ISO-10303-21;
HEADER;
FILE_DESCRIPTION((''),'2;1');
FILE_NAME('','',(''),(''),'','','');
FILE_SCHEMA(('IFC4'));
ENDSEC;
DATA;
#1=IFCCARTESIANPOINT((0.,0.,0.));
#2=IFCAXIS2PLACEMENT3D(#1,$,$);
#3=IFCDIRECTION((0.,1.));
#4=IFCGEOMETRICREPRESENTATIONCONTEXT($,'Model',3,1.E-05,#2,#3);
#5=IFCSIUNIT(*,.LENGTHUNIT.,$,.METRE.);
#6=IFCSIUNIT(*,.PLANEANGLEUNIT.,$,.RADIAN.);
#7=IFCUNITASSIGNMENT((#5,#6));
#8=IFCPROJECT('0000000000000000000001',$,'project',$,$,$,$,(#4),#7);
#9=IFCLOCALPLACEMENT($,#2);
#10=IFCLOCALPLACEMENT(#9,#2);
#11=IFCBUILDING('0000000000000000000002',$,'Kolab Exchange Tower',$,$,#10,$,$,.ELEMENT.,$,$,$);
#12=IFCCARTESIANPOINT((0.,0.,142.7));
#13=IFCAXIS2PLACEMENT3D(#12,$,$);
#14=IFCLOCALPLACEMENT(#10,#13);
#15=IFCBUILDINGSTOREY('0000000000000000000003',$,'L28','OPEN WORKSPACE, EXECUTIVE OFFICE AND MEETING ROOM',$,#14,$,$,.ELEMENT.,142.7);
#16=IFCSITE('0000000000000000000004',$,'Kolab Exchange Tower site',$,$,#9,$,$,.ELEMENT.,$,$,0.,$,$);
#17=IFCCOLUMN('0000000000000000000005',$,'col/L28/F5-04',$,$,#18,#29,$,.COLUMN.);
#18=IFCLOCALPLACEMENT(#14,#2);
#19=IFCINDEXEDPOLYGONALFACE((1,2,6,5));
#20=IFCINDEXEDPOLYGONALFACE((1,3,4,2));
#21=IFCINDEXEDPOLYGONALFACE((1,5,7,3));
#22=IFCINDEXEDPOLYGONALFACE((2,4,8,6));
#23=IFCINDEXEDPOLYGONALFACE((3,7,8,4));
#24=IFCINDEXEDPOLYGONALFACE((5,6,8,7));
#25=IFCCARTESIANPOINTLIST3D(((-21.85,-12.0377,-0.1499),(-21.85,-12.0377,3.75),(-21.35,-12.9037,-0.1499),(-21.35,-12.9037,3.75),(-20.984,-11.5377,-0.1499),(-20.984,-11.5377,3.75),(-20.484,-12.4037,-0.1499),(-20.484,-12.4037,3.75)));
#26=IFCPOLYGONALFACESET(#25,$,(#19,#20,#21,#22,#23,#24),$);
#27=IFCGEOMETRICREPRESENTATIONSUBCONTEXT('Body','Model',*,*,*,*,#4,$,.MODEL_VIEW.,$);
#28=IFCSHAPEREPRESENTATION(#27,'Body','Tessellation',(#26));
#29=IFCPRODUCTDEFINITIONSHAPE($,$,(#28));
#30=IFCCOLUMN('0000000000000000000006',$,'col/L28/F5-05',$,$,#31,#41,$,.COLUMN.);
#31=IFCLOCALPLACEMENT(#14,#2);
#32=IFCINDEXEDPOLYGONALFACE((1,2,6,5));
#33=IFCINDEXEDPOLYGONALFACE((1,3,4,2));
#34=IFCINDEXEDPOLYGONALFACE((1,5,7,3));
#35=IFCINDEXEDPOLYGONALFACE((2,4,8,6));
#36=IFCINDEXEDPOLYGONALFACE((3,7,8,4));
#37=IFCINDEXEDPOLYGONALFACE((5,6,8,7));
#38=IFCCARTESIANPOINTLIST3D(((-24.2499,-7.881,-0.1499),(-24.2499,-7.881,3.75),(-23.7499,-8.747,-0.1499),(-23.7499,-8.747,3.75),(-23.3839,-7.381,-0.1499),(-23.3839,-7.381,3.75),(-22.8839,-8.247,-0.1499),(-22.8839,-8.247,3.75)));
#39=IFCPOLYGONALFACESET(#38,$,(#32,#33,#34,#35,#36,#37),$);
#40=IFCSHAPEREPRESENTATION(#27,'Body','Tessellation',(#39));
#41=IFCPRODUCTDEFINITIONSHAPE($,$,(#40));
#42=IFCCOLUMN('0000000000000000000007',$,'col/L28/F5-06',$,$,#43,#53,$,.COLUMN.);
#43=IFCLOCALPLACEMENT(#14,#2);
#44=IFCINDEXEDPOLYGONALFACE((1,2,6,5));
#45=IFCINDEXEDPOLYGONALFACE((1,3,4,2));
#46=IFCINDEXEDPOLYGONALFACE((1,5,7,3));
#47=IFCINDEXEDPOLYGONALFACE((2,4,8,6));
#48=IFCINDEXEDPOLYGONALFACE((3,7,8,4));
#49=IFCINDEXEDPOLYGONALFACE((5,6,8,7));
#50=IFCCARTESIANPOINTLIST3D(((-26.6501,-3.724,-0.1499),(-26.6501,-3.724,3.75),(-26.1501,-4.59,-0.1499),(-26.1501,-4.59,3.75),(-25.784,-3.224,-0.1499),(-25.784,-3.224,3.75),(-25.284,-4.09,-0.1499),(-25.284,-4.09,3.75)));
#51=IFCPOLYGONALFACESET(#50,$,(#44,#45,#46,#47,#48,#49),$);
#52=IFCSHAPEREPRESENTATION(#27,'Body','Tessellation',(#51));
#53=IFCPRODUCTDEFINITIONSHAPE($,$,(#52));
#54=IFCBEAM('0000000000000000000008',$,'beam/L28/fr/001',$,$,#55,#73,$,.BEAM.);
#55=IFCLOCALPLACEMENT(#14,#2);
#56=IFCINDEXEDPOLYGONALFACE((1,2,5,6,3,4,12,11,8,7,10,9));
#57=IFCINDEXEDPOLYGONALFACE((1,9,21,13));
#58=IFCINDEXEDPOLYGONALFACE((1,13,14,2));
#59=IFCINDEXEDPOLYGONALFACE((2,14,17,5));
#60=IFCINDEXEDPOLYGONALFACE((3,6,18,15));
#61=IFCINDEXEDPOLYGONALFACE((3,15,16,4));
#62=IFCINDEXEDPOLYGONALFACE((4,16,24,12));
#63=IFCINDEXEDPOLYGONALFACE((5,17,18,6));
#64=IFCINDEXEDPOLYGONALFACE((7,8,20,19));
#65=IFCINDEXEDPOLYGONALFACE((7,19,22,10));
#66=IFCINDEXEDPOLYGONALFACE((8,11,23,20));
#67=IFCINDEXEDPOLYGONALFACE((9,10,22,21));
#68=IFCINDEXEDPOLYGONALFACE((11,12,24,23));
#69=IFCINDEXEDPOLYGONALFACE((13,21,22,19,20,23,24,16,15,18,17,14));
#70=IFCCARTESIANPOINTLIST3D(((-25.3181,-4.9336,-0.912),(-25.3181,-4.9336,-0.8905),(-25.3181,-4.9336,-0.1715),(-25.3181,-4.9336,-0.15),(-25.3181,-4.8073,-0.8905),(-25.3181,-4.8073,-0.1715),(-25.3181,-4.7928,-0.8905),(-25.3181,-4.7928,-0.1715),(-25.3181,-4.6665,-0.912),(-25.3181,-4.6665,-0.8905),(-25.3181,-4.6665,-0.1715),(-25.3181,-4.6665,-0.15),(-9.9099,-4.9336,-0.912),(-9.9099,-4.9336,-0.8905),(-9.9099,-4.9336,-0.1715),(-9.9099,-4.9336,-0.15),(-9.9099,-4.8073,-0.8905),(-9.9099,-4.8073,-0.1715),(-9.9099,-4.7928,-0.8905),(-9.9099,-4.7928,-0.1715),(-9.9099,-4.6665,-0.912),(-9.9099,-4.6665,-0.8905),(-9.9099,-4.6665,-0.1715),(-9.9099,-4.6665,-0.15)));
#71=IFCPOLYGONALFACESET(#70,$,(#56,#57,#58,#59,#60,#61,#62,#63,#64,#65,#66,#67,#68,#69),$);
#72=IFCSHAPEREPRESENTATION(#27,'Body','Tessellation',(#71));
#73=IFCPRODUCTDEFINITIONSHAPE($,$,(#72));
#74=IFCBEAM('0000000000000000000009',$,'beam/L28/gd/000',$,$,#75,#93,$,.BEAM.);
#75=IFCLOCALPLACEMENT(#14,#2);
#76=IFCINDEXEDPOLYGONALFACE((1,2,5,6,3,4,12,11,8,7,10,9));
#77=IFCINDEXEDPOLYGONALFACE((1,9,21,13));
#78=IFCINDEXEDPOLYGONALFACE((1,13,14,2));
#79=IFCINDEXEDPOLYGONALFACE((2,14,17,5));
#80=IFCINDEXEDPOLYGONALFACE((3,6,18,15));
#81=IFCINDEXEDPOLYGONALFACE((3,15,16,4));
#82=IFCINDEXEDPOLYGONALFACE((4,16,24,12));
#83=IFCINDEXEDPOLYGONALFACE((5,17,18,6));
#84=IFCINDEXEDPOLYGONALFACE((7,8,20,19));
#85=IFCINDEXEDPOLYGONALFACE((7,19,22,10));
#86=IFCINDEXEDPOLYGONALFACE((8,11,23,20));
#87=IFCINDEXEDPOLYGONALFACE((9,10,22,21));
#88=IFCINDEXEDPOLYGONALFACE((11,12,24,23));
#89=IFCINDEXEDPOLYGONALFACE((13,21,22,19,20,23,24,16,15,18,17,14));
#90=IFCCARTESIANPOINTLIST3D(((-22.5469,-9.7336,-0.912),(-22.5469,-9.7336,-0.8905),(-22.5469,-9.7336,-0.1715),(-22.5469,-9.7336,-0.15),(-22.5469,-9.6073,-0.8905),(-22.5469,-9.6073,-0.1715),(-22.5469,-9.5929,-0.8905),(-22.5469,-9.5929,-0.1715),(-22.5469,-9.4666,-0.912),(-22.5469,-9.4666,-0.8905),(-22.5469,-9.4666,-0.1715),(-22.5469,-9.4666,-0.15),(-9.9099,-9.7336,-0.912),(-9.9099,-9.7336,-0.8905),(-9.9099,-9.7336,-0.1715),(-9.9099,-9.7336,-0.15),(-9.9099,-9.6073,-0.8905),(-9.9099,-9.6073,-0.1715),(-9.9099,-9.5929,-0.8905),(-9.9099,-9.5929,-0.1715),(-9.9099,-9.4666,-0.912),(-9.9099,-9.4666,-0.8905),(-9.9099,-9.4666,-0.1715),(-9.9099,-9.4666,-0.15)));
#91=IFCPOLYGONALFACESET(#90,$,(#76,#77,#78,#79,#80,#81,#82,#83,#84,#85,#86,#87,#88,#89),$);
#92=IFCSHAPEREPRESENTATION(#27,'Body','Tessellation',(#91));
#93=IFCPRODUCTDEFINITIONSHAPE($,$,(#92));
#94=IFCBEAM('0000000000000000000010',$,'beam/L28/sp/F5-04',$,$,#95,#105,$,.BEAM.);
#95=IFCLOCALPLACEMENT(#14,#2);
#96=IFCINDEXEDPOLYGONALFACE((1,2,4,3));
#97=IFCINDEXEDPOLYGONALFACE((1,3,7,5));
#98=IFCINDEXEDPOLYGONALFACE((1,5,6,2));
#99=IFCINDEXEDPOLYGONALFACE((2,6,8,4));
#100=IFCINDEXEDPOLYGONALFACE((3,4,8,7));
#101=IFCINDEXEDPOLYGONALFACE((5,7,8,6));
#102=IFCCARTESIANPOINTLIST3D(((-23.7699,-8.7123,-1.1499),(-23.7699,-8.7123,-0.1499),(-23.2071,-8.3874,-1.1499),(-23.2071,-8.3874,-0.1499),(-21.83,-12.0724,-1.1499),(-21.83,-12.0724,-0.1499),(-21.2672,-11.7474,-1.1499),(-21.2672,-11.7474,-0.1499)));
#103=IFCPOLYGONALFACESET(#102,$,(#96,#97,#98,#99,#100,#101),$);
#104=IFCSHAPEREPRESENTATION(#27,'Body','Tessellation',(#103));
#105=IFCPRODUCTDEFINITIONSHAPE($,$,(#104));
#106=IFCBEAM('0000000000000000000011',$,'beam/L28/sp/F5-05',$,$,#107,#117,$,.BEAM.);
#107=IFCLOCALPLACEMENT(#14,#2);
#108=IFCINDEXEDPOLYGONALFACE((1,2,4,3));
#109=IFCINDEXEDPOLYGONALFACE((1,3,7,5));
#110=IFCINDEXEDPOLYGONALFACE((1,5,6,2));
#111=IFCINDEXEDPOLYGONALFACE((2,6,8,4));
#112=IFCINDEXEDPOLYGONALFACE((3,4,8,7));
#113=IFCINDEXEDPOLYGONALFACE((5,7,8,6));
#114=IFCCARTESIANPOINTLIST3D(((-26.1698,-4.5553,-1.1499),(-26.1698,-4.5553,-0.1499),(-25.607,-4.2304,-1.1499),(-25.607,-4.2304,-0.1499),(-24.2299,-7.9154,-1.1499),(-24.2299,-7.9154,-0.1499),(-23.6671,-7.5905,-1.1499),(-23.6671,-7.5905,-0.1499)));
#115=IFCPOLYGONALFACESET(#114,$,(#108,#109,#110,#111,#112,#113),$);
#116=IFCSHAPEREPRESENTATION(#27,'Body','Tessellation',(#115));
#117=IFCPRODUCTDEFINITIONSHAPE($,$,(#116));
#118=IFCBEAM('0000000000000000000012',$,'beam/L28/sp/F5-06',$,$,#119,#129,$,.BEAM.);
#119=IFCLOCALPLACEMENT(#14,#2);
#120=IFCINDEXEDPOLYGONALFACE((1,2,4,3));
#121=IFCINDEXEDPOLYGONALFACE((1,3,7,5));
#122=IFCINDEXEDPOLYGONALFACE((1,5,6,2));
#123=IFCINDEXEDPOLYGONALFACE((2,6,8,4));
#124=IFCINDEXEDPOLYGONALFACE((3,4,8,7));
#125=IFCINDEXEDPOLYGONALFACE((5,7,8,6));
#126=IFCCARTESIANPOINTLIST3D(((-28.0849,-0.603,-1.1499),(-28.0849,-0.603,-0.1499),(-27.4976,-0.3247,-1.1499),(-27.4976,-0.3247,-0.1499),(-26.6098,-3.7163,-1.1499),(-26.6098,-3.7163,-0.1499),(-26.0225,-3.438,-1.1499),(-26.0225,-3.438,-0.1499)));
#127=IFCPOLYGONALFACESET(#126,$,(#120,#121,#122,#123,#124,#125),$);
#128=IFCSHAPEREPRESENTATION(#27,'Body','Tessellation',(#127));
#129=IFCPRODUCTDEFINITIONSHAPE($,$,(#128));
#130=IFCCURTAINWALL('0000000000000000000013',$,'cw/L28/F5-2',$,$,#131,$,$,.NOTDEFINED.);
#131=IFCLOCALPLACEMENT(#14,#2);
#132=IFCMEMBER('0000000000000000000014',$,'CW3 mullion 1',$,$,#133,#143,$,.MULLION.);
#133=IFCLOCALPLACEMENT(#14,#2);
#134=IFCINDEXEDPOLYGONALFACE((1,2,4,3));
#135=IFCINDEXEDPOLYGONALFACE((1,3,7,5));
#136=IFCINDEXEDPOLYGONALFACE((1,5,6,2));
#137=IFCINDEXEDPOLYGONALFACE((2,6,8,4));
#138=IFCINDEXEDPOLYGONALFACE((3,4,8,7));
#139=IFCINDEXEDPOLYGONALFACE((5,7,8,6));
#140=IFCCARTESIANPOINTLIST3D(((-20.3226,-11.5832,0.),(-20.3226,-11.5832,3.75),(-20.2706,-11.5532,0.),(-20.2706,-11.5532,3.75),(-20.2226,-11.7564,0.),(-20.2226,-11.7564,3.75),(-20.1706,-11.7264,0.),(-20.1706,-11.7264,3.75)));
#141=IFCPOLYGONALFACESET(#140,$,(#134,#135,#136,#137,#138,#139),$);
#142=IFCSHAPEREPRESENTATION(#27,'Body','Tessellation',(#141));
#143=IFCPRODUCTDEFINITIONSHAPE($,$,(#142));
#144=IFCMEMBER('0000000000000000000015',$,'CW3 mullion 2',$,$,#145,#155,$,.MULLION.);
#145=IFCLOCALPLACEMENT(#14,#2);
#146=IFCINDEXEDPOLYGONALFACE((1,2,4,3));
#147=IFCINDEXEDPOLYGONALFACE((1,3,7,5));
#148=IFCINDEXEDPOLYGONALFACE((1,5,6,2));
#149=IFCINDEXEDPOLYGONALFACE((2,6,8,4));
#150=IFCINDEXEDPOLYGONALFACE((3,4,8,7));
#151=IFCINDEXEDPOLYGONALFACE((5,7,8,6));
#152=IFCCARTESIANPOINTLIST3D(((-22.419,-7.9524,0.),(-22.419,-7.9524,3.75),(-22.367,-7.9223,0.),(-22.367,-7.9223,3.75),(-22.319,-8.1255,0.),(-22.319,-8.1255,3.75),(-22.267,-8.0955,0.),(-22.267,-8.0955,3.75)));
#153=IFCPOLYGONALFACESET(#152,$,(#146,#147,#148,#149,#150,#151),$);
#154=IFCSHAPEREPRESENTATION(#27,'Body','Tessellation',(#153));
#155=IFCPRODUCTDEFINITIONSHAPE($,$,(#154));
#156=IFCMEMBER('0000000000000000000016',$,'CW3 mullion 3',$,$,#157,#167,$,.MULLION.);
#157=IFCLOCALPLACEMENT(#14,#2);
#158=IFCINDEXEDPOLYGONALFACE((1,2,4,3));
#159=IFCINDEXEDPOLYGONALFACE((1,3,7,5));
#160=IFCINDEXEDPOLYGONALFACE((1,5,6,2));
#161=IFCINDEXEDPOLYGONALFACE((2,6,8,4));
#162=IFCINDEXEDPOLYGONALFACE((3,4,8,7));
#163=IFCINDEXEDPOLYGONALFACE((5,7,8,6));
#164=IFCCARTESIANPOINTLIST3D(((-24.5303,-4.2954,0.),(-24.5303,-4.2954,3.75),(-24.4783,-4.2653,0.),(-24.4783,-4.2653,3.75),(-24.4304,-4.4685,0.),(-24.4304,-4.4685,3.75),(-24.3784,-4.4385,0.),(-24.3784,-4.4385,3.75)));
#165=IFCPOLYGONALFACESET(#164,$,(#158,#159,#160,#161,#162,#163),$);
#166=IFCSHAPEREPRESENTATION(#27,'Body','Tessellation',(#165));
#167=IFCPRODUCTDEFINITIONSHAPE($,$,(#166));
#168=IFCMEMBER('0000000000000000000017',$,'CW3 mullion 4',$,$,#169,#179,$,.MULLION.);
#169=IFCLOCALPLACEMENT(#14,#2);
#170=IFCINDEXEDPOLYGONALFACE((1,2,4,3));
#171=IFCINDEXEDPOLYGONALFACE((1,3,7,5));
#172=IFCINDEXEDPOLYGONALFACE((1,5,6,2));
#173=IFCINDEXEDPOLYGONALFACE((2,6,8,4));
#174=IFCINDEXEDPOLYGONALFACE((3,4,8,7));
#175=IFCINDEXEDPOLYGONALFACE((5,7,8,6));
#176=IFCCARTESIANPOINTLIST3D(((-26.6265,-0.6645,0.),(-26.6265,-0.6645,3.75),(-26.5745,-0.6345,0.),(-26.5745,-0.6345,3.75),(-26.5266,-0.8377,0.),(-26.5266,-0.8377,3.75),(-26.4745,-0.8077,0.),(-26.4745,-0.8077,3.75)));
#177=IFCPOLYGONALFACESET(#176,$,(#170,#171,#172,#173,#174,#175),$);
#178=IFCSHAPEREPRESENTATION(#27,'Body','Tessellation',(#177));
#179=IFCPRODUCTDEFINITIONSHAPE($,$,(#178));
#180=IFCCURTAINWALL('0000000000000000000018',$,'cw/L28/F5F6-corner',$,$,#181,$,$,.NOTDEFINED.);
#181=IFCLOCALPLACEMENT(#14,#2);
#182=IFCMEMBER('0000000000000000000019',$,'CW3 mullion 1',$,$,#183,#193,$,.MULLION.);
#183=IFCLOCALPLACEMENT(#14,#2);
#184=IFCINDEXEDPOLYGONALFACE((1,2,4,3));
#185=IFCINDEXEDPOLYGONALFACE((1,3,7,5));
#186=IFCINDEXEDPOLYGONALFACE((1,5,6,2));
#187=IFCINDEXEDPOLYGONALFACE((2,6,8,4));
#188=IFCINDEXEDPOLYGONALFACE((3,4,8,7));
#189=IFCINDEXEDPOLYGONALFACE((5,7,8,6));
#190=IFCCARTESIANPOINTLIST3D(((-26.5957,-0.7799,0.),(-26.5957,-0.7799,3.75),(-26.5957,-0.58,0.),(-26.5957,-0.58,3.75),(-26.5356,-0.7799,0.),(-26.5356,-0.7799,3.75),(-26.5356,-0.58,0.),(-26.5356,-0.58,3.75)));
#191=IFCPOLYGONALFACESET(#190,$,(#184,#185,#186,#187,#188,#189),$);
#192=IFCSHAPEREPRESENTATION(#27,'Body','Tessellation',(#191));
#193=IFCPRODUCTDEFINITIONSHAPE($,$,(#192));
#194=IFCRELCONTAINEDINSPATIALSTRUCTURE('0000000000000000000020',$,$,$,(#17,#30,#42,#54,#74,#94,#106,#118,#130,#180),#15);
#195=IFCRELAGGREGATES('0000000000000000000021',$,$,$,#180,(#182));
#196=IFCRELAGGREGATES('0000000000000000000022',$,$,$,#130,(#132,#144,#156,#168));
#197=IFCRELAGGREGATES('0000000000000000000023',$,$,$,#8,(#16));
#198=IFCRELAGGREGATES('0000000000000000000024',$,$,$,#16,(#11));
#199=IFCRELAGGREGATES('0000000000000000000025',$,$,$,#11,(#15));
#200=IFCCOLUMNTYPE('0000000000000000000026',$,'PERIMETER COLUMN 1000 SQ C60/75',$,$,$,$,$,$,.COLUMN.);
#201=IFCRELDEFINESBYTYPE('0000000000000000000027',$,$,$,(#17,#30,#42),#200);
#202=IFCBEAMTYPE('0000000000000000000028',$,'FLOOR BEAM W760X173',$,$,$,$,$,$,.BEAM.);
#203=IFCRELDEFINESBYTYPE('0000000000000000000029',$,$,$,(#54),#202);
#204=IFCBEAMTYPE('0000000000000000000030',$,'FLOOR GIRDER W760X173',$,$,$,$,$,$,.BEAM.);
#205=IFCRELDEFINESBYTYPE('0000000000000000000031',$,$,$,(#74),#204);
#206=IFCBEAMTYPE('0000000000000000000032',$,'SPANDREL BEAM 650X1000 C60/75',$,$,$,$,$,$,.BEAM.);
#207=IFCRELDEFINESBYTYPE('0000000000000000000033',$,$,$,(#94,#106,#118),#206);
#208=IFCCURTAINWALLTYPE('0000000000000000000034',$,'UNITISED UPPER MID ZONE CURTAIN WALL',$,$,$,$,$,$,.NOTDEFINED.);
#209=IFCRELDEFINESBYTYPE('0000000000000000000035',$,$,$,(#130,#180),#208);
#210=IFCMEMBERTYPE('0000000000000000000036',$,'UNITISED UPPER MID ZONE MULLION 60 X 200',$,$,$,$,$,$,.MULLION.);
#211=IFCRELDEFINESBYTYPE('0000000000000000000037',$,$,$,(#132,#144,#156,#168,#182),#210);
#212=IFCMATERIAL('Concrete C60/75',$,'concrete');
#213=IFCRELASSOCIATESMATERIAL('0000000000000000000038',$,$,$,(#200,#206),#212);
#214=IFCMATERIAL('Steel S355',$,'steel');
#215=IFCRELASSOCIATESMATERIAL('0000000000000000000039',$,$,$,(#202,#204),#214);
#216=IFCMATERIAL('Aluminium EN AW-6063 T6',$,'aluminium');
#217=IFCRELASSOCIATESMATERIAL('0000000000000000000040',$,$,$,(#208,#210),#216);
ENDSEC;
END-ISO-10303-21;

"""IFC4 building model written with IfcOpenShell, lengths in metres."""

from ifc_helpers import new_model, si_unit, direction, frame, origin, origin_2d, place, context, subcontext, project, spatial, rectangle, i_section, extrude, material, material_profile, profile_set, type_object, element, aggregate, save


model = new_model("IFC4")

# Units and contexts
model_context = context("Model", 3, precision=1e-05, world=origin(), true_north=direction((0.0, 1.0)))
body_context = subcontext(model_context, "Body", "Model", "MODEL_VIEW")
ifc_project = project(units=[si_unit("LENGTHUNIT", "METRE"), si_unit("PLANEANGLEUNIT", "RADIAN")], contexts=[model_context])

# Site, building, storey
site_placement = place(None, origin())
site = spatial("IfcSite", under=ifc_project, at=site_placement, Name="Kolab Exchange Tower site", CompositionType="ELEMENT", RefElevation=0.0)
building_placement = place(site_placement, origin())
building = spatial("IfcBuilding", under=site, at=building_placement, Name="Kolab Exchange Tower", CompositionType="ELEMENT")
storey_placement = place(building_placement, frame((0.0, 0.0, 142.7)))
storey = spatial("IfcBuildingStorey", under=building, at=storey_placement, Name="L28", Description="OPEN WORKSPACE, EXECUTIVE OFFICE AND MEETING ROOM", CompositionType="ELEMENT", Elevation=142.7)

# Columns
ifc_material_1 = material(Name="Concrete C60/75", Category="concrete")
ifc_material_profile_1 = material_profile(ifc_material_1, rectangle(XDim=1.0, YDim=1.0, at=origin_2d()), Name="RC1000")
ifc_profile_set_1 = profile_set([ifc_material_profile_1], Name="Concrete C60/75")
column_type = type_object("IfcColumnType", Name="PERIMETER COLUMN 1000 SQ C60/75", PredefinedType="COLUMN", material=ifc_profile_set_1)
for number, where, z_axis, x_axis, name in (
    (1, (-21.167, -12.2207, -0.1499), (0.0, 0.0, 1.0), (0.866025, 0.5, 0.0), "col/L28/F5-04"),
    (2, (-23.5669, -8.064, -0.1499), (0.0, 0.0, 1.0), (0.866025, 0.5, 0.0), "col/L28/F5-05"),
    (3, (-25.967, -3.907, -0.1499), (0.0, 0.0, 1.0), (0.866025, 0.5, 0.0), "col/L28/F5-06"),
):
    element("IfcColumn", number, at=place(storey_placement, frame(where, z_axis=z_axis, x_axis=x_axis)), inside=storey, type_object=column_type, Name=name, PredefinedType="COLUMN", context=body_context, shape_type="SweptSolid", body=[
        extrude(rectangle(XDim=1.0, YDim=1.0, at=origin_2d()), origin(), (0.0, 0.0, 1.0), 3.8999),
    ])

# Beams
ifc_material_2 = material(Name="Steel S355", Category="steel")
ifc_material_profile_2 = material_profile(ifc_material_2, i_section(OverallWidth=0.2671, OverallDepth=0.762, WebThickness=0.0144, FlangeThickness=0.0215, at=origin_2d()), Name="W760X173")
ifc_profile_set_2 = profile_set([ifc_material_profile_2], Name="Steel S355")
beam_type_1 = type_object("IfcBeamType", Name="FLOOR BEAM W760X173", PredefinedType="BEAM", material=ifc_profile_set_2)
beam_1_placement = place(storey_placement, frame((-25.3181, -4.8, -0.531), z_axis=(1.0, 0.0, 0.0), x_axis=(0.0, 1.0, 0.0)))
element("IfcBeam", 4, at=beam_1_placement, inside=storey, type_object=beam_type_1, Name="beam/L28/fr/001", PredefinedType="BEAM", context=body_context, shape_type="SweptSolid", body=[
    extrude(i_section(OverallWidth=0.2671, OverallDepth=0.762, WebThickness=0.0144, FlangeThickness=0.0215, at=origin_2d()), origin(), (0.0, 0.0, 1.0), 15.4082),
])
ifc_material_profile_3 = material_profile(ifc_material_2, i_section(OverallWidth=0.2671, OverallDepth=0.762, WebThickness=0.0144, FlangeThickness=0.0215, at=origin_2d()), Name="W760X173")
ifc_profile_set_3 = profile_set([ifc_material_profile_3], Name="Steel S355")
beam_type_2 = type_object("IfcBeamType", Name="FLOOR GIRDER W760X173", PredefinedType="BEAM", material=ifc_profile_set_3)
beam_2_placement = place(storey_placement, frame((-22.5469, -9.6001, -0.531), z_axis=(1.0, 0.0, 0.0), x_axis=(0.0, 1.0, 0.0)))
element("IfcBeam", 5, at=beam_2_placement, inside=storey, type_object=beam_type_2, Name="beam/L28/gd/000", PredefinedType="BEAM", context=body_context, shape_type="SweptSolid", body=[
    extrude(i_section(OverallWidth=0.2671, OverallDepth=0.762, WebThickness=0.0144, FlangeThickness=0.0215, at=origin_2d()), origin(), (0.0, 0.0, 1.0), 12.637),
])
ifc_material_profile_4 = material_profile(ifc_material_1, rectangle(XDim=0.6499, YDim=1.0, at=origin_2d()), Name="RC650X1000")
ifc_profile_set_4 = profile_set([ifc_material_profile_4], Name="Concrete C60/75")
beam_type_3 = type_object("IfcBeamType", Name="SPANDREL BEAM 650X1000 C60/75", PredefinedType="BEAM", material=ifc_profile_set_4)
for number, where, z_axis, x_axis, name in (
    (6, (-21.5486, -11.9099, -0.6499), (-0.499997, 0.866027, 0.0), (-0.866027, -0.499997, 0.0), "beam/L28/sp/F5-04"),
    (7, (-23.9485, -7.7529, -0.6499), (-0.499997, 0.866027, 0.0), (-0.866027, -0.499997, 0.0), "beam/L28/sp/F5-05"),
):
    element("IfcBeam", number, at=place(storey_placement, frame(where, z_axis=z_axis, x_axis=x_axis)), inside=storey, type_object=beam_type_3, Name=name, PredefinedType="BEAM", context=body_context, shape_type="SweptSolid", body=[
        extrude(rectangle(XDim=0.6499, YDim=1.0, at=origin_2d()), origin(), (0.0, 0.0, 1.0), 3.8799),
    ])
beam_3_placement = place(storey_placement, frame((-26.3162, -3.5771, -0.6499), z_axis=(-0.428178, 0.903695, 0.0), x_axis=(-0.903695, -0.428178, 0.0)))
element("IfcBeam", 8, at=beam_3_placement, inside=storey, type_object=beam_type_3, Name="beam/L28/sp/F5-06", PredefinedType="BEAM", context=body_context, shape_type="SweptSolid", body=[
    extrude(rectangle(XDim=0.6499, YDim=1.0, at=origin_2d()), origin(), (0.0, 0.0, 1.0), 3.4451),
])

# Curtain wall, members
ifc_material_3 = material(Name="Aluminium EN AW-6063 T6", Category="aluminium")
curtain_wall_type = type_object("IfcCurtainWallType", Name="UNITISED UPPER MID ZONE CURTAIN WALL", PredefinedType="NOTDEFINED", material=ifc_material_3)
curtain_wall_1_placement = place(storey_placement, origin())
curtain_wall_1 = element("IfcCurtainWall", 9, at=curtain_wall_1_placement, inside=storey, type_object=curtain_wall_type, Name="cw/L28/F5-2", PredefinedType="NOTDEFINED")
ifc_material_profile_5 = material_profile(ifc_material_3, rectangle(XDim=0.0601, YDim=0.2, at=origin_2d()), Name="RECT 60X200")
ifc_profile_set_5 = profile_set([ifc_material_profile_5], Name="Aluminium EN AW-6063 T6")
member_type_1 = type_object("IfcMemberType", Name="UNITISED UPPER MID ZONE MULLION 60 X 200", PredefinedType="MULLION", material=ifc_profile_set_5)
member_1_placement = place(storey_placement, frame((-20.2466, -11.6548, 0.0), z_axis=(0.0, 0.0, 1.0), x_axis=(-0.866025, -0.5, 0.0)))
member_1 = element("IfcMember", 10, at=member_1_placement, type_object=member_type_1, Name="CW3 mullion 1", PredefinedType="MULLION", context=body_context, shape_type="SweptSolid", body=[
    extrude(rectangle(XDim=0.0601, YDim=0.2, at=origin_2d()), origin(), (0.0, 0.0, 1.0), 3.75),
])
member_2_placement = place(storey_placement, frame((-22.343, -8.0239, 0.0), z_axis=(0.0, 0.0, 1.0), x_axis=(-0.866025, -0.5, 0.0)))
member_2 = element("IfcMember", 11, at=member_2_placement, type_object=member_type_1, Name="CW3 mullion 2", PredefinedType="MULLION", context=body_context, shape_type="SweptSolid", body=[
    extrude(rectangle(XDim=0.0601, YDim=0.2, at=origin_2d()), origin(), (0.0, 0.0, 1.0), 3.75),
])
member_3_placement = place(storey_placement, frame((-24.4543, -4.3669, 0.0), z_axis=(0.0, 0.0, 1.0), x_axis=(-0.866025, -0.5, 0.0)))
member_3 = element("IfcMember", 12, at=member_3_placement, type_object=member_type_1, Name="CW3 mullion 3", PredefinedType="MULLION", context=body_context, shape_type="SweptSolid", body=[
    extrude(rectangle(XDim=0.0601, YDim=0.2, at=origin_2d()), origin(), (0.0, 0.0, 1.0), 3.75),
])
member_4_placement = place(storey_placement, frame((-26.5505, -0.7361, 0.0), z_axis=(0.0, 0.0, 1.0), x_axis=(-0.866025, -0.5, 0.0)))
member_4 = element("IfcMember", 13, at=member_4_placement, type_object=member_type_1, Name="CW3 mullion 4", PredefinedType="MULLION", context=body_context, shape_type="SweptSolid", body=[
    extrude(rectangle(XDim=0.0601, YDim=0.2, at=origin_2d()), origin(), (0.0, 0.0, 1.0), 3.75),
])

# Curtain wall, member
curtain_wall_2_placement = place(storey_placement, origin())
curtain_wall_2 = element("IfcCurtainWall", 14, at=curtain_wall_2_placement, inside=storey, type_object=curtain_wall_type, Name="cw/L28/F5F6-corner", PredefinedType="NOTDEFINED")
member_5_placement = place(storey_placement, frame((-26.5657, -0.6799, 0.0), z_axis=(0.0, 0.0, 1.0), x_axis=(-1.0, 0.0, 0.0)))
member_5 = element("IfcMember", 15, at=member_5_placement, type_object=member_type_1, Name="CW3 mullion 1", PredefinedType="MULLION", context=body_context, shape_type="SweptSolid", body=[
    extrude(rectangle(XDim=0.0601, YDim=0.2, at=origin_2d()), origin(), (0.0, 0.0, 1.0), 3.75),
])
aggregate(curtain_wall_2, [member_5])

aggregate(curtain_wall_1, [member_1, member_2, member_3, member_4])

save(model, "model.ifc")
